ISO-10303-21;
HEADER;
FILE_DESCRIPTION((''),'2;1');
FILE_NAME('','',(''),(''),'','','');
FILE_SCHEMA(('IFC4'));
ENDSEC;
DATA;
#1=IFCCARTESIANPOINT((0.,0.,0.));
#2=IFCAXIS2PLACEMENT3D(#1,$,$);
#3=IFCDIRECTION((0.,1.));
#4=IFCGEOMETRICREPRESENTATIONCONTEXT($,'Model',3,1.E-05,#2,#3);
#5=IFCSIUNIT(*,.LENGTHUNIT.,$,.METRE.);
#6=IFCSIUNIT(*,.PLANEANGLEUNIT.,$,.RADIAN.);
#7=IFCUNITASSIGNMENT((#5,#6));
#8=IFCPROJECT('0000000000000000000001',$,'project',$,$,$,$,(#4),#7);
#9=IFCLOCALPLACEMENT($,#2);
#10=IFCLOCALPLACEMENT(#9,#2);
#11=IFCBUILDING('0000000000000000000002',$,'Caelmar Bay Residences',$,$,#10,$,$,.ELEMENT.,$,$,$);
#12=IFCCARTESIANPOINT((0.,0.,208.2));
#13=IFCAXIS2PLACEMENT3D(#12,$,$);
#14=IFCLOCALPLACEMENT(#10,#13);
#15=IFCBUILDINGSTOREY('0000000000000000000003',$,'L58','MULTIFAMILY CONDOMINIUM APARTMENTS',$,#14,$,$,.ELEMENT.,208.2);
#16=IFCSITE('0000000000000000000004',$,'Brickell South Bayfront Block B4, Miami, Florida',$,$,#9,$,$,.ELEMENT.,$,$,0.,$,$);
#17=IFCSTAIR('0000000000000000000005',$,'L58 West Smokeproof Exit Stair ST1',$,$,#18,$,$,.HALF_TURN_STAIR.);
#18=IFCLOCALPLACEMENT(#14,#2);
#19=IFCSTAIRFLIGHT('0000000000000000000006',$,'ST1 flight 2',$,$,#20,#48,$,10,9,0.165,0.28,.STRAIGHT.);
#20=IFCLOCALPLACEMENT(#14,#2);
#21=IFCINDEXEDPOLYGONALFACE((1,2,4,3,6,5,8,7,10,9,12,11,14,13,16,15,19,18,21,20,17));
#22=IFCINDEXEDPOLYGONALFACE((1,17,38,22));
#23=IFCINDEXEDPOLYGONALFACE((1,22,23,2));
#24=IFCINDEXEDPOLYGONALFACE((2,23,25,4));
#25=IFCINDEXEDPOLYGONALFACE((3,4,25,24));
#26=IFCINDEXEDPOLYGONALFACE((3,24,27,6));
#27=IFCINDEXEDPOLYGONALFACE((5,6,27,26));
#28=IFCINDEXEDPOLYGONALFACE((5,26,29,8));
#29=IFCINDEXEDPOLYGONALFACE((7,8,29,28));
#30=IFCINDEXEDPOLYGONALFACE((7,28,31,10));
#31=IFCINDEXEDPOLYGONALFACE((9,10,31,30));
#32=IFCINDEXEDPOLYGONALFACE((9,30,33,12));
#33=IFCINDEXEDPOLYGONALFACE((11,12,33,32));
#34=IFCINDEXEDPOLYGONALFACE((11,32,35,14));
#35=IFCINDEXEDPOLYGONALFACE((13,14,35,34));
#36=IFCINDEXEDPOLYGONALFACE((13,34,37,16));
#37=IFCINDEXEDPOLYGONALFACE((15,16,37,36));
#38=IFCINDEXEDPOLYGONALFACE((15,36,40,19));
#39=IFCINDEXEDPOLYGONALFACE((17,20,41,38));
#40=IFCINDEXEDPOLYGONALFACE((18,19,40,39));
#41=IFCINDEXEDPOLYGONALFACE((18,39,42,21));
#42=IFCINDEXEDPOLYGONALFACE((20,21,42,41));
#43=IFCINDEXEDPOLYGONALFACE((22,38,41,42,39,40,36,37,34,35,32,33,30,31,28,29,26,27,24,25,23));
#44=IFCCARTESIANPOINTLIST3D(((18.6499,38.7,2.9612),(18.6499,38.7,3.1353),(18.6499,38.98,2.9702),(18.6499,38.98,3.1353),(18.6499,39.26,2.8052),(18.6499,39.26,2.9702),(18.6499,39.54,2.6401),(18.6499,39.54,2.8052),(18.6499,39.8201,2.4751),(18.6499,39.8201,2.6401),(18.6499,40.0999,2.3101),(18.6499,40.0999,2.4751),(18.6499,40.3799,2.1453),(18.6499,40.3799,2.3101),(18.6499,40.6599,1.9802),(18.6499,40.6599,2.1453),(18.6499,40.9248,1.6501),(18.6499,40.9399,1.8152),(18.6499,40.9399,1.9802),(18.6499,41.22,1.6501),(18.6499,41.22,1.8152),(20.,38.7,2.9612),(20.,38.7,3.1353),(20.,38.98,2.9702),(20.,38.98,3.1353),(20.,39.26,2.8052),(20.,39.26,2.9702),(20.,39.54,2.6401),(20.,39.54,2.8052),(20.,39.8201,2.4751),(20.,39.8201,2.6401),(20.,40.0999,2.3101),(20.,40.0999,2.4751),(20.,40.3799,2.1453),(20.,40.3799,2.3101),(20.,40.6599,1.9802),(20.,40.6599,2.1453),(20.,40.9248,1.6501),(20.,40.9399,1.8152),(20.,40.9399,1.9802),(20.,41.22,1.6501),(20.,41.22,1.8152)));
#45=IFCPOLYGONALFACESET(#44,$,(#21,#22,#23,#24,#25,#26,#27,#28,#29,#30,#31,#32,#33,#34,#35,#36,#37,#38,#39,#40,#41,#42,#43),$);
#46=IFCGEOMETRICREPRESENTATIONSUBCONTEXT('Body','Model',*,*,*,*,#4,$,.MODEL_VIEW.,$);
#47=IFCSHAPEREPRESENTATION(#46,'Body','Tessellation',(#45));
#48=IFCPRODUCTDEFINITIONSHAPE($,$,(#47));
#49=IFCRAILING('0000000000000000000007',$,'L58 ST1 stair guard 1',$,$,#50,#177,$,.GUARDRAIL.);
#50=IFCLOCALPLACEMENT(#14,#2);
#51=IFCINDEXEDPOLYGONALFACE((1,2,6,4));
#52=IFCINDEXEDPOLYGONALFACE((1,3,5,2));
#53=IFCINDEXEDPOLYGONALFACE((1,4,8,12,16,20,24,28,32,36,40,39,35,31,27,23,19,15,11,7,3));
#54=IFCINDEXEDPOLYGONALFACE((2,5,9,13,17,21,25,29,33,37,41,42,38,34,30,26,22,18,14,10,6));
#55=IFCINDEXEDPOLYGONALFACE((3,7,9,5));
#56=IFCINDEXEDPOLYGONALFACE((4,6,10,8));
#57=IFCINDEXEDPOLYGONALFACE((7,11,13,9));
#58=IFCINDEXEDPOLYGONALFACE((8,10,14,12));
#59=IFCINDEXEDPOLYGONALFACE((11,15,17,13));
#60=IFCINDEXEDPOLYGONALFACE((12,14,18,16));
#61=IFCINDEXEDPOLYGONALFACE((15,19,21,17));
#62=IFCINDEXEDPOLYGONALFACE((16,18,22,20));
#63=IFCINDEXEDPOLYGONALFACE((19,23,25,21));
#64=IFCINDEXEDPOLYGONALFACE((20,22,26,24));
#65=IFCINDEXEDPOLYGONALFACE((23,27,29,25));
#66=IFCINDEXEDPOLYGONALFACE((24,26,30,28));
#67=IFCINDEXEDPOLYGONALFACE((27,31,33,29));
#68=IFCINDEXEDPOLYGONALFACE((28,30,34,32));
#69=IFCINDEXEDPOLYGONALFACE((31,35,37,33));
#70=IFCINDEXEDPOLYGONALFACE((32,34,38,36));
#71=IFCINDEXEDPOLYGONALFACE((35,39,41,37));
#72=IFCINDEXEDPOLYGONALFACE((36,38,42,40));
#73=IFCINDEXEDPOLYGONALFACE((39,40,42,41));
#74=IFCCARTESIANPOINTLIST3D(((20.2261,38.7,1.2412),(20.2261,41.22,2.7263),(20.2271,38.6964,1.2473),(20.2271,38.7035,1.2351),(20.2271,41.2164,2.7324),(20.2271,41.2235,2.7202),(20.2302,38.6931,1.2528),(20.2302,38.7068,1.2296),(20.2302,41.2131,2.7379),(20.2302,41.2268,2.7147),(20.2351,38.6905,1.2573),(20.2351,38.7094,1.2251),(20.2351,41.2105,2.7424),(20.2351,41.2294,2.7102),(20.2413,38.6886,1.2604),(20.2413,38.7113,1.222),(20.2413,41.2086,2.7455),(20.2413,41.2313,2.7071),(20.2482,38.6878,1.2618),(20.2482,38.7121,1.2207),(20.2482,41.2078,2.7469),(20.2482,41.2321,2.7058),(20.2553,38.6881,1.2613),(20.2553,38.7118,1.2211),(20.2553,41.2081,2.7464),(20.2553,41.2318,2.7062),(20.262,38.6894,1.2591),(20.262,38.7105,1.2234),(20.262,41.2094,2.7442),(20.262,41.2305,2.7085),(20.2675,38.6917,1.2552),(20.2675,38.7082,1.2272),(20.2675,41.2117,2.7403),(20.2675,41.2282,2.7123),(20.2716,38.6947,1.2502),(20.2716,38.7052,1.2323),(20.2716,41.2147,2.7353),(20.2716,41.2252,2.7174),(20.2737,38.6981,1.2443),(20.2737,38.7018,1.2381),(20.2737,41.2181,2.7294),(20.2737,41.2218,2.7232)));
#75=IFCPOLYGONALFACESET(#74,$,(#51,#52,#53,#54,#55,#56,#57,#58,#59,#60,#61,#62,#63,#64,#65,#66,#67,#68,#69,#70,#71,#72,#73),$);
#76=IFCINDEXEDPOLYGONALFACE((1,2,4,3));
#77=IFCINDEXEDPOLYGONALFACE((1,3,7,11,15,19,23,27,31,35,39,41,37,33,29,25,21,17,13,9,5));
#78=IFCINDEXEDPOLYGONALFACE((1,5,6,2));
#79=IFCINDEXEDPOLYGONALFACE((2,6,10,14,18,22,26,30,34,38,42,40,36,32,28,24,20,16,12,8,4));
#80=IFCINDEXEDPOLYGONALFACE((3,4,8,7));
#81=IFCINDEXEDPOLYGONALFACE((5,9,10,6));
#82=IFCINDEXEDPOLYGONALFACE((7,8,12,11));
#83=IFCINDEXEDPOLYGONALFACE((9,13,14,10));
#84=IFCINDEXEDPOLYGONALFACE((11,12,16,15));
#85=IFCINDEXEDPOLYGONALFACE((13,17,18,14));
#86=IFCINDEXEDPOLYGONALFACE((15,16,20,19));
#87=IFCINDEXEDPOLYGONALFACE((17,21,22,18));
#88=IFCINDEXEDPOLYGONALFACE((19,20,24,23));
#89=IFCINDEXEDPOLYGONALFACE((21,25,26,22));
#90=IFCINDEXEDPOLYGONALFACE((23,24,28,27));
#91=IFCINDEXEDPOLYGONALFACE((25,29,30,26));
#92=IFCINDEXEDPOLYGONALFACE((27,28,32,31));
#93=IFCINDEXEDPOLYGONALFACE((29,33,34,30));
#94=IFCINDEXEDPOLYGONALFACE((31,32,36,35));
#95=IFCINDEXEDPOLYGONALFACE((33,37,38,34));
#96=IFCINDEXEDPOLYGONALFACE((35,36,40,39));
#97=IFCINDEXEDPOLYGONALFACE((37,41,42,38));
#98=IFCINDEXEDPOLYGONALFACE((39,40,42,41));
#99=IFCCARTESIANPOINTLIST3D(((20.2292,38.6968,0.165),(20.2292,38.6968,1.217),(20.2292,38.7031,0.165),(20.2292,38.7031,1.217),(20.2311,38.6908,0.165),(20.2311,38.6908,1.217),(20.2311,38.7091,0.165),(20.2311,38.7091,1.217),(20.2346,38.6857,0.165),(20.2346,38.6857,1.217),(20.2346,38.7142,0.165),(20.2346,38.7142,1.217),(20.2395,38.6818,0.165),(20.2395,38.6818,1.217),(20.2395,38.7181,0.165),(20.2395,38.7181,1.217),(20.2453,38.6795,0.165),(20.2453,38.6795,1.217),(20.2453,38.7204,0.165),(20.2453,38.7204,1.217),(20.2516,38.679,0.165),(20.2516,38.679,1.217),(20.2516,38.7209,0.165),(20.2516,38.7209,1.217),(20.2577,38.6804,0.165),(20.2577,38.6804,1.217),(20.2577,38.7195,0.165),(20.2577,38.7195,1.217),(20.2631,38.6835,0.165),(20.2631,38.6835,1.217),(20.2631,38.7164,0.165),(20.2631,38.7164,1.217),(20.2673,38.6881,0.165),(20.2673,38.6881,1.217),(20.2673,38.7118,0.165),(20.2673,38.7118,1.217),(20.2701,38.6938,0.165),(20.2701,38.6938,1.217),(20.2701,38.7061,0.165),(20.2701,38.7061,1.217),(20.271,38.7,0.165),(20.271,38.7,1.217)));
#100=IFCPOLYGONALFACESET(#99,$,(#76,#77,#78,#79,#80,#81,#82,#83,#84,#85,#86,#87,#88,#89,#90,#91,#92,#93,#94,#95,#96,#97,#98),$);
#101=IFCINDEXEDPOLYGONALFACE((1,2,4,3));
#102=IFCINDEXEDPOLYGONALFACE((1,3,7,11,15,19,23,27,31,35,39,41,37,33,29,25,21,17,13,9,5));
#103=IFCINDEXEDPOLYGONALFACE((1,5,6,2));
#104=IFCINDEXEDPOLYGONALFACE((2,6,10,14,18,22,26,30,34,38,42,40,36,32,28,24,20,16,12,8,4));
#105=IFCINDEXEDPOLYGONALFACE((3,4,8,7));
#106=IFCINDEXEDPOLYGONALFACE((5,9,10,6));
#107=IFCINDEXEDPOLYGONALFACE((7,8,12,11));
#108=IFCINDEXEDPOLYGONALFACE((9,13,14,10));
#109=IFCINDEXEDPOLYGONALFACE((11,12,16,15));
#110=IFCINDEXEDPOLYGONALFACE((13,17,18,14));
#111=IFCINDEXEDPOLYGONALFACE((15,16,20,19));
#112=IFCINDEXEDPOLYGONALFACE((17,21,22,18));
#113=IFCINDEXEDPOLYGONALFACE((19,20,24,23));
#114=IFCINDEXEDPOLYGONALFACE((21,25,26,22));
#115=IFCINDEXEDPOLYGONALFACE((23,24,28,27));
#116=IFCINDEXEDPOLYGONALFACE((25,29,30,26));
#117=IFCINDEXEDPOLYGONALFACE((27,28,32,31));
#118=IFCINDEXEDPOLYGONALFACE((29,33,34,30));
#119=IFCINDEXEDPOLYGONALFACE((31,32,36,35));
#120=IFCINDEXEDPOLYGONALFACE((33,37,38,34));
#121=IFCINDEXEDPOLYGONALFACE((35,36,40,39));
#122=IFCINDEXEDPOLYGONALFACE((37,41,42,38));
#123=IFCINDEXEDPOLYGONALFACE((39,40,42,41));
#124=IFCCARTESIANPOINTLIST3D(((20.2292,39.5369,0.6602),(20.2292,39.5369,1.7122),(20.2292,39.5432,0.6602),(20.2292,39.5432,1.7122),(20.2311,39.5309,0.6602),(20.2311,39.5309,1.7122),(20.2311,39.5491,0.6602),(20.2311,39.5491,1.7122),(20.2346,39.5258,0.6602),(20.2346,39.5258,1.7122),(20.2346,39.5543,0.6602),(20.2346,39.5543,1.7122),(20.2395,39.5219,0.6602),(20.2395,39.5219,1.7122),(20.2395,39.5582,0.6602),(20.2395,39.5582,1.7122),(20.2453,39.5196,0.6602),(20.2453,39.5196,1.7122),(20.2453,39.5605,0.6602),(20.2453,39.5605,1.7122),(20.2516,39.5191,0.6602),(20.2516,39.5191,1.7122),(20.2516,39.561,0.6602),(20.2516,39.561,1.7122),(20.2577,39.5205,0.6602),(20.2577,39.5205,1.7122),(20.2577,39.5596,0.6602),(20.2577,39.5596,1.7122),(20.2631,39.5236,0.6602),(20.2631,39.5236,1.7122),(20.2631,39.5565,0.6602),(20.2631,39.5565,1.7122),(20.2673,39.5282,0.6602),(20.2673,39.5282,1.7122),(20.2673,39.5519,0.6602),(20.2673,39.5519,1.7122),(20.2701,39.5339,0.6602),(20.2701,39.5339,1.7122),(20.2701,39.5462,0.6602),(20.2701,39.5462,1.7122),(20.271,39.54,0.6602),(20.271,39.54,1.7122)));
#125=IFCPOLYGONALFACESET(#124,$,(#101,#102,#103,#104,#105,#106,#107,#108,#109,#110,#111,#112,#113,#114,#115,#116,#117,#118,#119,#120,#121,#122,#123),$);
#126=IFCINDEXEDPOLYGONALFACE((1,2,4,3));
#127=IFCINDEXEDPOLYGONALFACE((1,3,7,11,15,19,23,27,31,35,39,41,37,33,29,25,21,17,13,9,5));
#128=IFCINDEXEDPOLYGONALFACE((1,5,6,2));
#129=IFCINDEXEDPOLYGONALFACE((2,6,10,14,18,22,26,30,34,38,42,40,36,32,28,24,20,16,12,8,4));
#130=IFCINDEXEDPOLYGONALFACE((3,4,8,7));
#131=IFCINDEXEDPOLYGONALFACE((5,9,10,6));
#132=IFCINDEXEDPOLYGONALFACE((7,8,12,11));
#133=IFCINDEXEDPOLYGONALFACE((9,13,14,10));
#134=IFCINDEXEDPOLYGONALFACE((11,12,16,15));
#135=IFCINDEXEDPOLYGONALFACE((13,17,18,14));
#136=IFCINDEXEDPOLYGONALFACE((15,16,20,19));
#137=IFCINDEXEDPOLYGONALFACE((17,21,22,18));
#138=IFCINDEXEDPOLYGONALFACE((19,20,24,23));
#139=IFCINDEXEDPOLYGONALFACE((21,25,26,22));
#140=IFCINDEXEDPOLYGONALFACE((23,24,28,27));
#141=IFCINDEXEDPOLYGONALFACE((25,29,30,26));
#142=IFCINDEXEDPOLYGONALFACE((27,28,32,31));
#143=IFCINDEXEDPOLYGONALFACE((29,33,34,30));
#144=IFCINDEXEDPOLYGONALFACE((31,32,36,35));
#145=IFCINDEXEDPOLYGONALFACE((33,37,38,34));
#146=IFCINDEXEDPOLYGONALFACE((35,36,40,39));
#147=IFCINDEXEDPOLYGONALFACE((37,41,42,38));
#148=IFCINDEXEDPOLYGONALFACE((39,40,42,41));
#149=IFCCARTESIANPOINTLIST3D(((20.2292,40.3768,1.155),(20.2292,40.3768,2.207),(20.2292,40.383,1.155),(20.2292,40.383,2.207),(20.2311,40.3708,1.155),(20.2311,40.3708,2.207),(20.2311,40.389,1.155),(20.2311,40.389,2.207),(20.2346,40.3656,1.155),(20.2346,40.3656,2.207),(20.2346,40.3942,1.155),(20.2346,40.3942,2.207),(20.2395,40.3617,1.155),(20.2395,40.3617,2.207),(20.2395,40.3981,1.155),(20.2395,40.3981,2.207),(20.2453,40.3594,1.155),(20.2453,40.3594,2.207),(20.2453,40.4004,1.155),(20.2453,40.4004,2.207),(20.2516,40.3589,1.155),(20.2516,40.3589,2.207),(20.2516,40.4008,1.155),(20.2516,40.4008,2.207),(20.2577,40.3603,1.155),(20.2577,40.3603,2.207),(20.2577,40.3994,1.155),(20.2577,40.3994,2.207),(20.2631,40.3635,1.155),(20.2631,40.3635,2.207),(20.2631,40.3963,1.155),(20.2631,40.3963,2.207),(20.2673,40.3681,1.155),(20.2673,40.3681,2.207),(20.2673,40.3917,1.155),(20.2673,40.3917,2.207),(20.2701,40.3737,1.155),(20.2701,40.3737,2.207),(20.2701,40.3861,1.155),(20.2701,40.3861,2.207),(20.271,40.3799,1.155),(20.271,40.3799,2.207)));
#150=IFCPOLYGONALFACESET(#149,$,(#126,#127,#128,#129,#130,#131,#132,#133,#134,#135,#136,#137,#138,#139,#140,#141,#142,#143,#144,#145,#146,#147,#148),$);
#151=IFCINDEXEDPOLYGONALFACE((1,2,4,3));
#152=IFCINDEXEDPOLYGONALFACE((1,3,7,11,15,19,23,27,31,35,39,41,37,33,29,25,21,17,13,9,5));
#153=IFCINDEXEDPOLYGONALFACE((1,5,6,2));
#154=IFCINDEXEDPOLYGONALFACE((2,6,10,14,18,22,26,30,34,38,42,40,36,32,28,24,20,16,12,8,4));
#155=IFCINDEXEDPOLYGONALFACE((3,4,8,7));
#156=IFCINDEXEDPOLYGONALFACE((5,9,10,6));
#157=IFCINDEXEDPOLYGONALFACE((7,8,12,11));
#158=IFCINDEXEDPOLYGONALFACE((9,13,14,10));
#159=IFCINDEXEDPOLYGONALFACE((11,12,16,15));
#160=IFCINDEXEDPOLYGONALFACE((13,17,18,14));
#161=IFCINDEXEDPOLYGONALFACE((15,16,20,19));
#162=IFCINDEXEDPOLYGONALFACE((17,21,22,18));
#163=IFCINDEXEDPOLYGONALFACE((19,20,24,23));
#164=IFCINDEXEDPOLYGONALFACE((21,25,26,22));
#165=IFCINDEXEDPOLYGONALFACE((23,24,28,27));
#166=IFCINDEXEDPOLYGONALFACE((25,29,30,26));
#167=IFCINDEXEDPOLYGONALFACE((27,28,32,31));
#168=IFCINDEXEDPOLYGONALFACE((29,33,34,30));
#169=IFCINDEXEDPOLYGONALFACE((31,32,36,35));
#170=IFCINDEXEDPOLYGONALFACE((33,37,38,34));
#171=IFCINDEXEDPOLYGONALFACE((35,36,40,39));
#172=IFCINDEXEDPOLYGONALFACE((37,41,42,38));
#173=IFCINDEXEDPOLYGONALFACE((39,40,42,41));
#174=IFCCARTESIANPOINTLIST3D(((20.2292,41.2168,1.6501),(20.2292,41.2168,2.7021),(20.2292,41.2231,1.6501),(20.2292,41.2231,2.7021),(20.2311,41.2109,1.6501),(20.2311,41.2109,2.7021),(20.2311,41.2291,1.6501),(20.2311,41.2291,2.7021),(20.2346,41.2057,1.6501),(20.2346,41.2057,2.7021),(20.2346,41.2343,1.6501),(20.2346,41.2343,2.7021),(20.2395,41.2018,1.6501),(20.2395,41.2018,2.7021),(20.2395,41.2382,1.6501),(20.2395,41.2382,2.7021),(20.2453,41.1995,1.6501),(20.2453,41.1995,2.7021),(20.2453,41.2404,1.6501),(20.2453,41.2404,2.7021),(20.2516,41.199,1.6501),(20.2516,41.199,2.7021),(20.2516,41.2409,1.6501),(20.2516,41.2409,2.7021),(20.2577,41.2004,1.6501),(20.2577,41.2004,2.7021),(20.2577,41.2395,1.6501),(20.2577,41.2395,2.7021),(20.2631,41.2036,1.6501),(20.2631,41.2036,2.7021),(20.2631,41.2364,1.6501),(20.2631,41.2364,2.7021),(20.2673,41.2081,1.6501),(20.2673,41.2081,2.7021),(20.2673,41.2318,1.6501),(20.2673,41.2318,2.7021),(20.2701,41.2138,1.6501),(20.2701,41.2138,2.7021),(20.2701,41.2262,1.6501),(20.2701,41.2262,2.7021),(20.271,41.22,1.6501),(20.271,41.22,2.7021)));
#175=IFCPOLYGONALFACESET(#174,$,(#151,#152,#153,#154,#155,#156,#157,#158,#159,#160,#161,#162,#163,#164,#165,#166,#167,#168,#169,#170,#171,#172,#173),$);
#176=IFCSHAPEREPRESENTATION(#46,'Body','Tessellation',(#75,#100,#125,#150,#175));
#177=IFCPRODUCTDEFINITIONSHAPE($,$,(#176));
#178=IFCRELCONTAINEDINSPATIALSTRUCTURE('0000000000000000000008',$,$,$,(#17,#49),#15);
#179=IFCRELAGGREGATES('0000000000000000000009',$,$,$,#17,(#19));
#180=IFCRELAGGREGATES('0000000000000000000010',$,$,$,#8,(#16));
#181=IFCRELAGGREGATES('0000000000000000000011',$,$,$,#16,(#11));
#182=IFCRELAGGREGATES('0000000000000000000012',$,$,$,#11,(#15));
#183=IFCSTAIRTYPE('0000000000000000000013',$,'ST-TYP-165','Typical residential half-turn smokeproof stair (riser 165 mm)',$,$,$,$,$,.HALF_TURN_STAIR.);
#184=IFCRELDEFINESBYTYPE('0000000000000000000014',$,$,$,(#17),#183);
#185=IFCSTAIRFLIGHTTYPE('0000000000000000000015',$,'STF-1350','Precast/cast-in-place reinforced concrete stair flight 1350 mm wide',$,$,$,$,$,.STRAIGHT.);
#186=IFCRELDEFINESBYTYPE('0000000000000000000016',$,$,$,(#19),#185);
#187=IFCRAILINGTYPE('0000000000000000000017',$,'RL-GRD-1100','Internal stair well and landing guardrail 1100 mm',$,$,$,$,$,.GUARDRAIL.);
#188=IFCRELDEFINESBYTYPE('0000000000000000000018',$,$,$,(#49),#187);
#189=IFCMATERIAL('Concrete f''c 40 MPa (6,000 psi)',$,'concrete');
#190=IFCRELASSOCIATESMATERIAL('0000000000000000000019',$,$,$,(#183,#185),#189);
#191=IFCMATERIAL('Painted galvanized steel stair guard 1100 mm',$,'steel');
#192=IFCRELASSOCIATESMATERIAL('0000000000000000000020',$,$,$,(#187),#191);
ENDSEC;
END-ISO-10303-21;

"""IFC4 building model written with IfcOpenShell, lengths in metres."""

from ifc_helpers import new_model, si_unit, direction, frame, origin, origin_2d, place, context, subcontext, project, spatial, polyline, circle, outline, extrude, material, type_object, element, aggregate, save


model = new_model("IFC4")

# Units and contexts
model_context = context("Model", 3, precision=1e-05, world=origin(), true_north=direction((0.0, 1.0)))
body_context = subcontext(model_context, "Body", "Model", "MODEL_VIEW")
ifc_project = project(units=[si_unit("LENGTHUNIT", "METRE"), si_unit("PLANEANGLEUNIT", "RADIAN")], contexts=[model_context])

# Site, building, storey
site_placement = place(None, origin())
site = spatial("IfcSite", under=ifc_project, at=site_placement, Name="Brickell South Bayfront Block B4, Miami, Florida", CompositionType="ELEMENT", RefElevation=0.0)
building_placement = place(site_placement, origin())
building = spatial("IfcBuilding", under=site, at=building_placement, Name="Caelmar Bay Residences", CompositionType="ELEMENT")
storey_placement = place(building_placement, frame((0.0, 0.0, 208.2)))
storey = spatial("IfcBuildingStorey", under=building, at=storey_placement, Name="L58", Description="MULTIFAMILY CONDOMINIUM APARTMENTS", CompositionType="ELEMENT", Elevation=208.2)

# Stair, stair flight
ifc_material_1 = material(Name="Concrete f'c 40 MPa (6,000 psi)", Category="concrete")
stair_type = type_object("IfcStairType", Name="ST-TYP-165", Description="Typical residential half-turn smokeproof stair (riser 165 mm)", PredefinedType="HALF_TURN_STAIR", material=ifc_material_1)
stair_placement = place(storey_placement, origin())
stair = element("IfcStair", 1, at=stair_placement, inside=storey, type_object=stair_type, Name="L58 West Smokeproof Exit Stair ST1", PredefinedType="HALF_TURN_STAIR")
stair_flight_type = type_object("IfcStairFlightType", Name="STF-1350", Description="Precast/cast-in-place reinforced concrete stair flight 1350 mm wide", PredefinedType="STRAIGHT", material=ifc_material_1)
stair_flight_1_placement = place(storey_placement, frame((19.325, 41.22, 1.6501), z_axis=(0.0, 0.0, 1.0), x_axis=(0.0, -1.0, 0.0)))
stair_flight_1 = element("IfcStairFlight", 2, at=stair_flight_1_placement, type_object=stair_flight_type, Name="ST1 flight 2", NumberOfRisers=10, NumberOfTreads=9, PredefinedType="STRAIGHT", RiserHeight=0.165, TreadLength=0.28, context=body_context, shape_type="SweptSolid", body=[
    extrude(outline(polyline([(0.0, 0.0), (0.0, 0.165), (0.28, 0.165), (0.28, 0.3301), (0.5601, 0.3301), (0.5601, 0.4951), (0.8401, 0.4951), (0.8401, 0.6599), (1.1201, 0.6599), (1.1201, 0.825), (1.3999, 0.825), (1.3999, 0.99), (1.6799, 0.99), (1.6799, 1.155), (1.96, 1.155), (1.96, 1.3201), (2.24, 1.3201), (2.24, 1.4851), (2.52, 1.4851), (2.52, 1.6499), (2.52, 1.311), (0.2952, 0.0), (0.0, 0.0)])), frame((0.0, 0.675, 0.0), z_axis=(0.0, -1.0, 0.0), x_axis=(1.0, 0.0, 0.0)), (0.0, 0.0, 1.0), 1.3501),
])
aggregate(stair, [stair_flight_1])

# Railing
ifc_material_2 = material(Name="Painted galvanized steel stair guard 1100 mm", Category="steel")
railing_type_1 = type_object("IfcRailingType", Name="RL-GRD-1100", Description="Internal stair well and landing guardrail 1100 mm", PredefinedType="GUARDRAIL", material=ifc_material_2)
railing_1_placement = place(storey_placement, frame((20.25, 38.7, 0.165)))
element("IfcRailing", 3, at=railing_1_placement, inside=storey, type_object=railing_type_1, Name="L58 ST1 stair guard 1", PredefinedType="GUARDRAIL", context=body_context, shape_type="SweptSolid", body=[
    extrude(circle(Radius=0.0239, at=origin_2d()), frame((0.0, 0.0, 1.0762), z_axis=(0.0, 0.861524, 0.507717), x_axis=(-1.0, 0.0, 0.0)), (0.0, 0.0, 1.0), 2.925),
    extrude(circle(Radius=0.021, at=origin_2d()), origin(), (0.0, 0.0, 1.0), 1.052),
    extrude(circle(Radius=0.021, at=origin_2d()), frame((0.0, 0.8401, 0.4951)), (0.0, 0.0, 1.0), 1.052),
    extrude(circle(Radius=0.021, at=origin_2d()), frame((0.0, 1.6799, 0.99)), (0.0, 0.0, 1.0), 1.052),
    extrude(circle(Radius=0.021, at=origin_2d()), frame((0.0, 2.52, 1.4851)), (0.0, 0.0, 1.0), 1.052),
])

save(model, "model.ifc")
